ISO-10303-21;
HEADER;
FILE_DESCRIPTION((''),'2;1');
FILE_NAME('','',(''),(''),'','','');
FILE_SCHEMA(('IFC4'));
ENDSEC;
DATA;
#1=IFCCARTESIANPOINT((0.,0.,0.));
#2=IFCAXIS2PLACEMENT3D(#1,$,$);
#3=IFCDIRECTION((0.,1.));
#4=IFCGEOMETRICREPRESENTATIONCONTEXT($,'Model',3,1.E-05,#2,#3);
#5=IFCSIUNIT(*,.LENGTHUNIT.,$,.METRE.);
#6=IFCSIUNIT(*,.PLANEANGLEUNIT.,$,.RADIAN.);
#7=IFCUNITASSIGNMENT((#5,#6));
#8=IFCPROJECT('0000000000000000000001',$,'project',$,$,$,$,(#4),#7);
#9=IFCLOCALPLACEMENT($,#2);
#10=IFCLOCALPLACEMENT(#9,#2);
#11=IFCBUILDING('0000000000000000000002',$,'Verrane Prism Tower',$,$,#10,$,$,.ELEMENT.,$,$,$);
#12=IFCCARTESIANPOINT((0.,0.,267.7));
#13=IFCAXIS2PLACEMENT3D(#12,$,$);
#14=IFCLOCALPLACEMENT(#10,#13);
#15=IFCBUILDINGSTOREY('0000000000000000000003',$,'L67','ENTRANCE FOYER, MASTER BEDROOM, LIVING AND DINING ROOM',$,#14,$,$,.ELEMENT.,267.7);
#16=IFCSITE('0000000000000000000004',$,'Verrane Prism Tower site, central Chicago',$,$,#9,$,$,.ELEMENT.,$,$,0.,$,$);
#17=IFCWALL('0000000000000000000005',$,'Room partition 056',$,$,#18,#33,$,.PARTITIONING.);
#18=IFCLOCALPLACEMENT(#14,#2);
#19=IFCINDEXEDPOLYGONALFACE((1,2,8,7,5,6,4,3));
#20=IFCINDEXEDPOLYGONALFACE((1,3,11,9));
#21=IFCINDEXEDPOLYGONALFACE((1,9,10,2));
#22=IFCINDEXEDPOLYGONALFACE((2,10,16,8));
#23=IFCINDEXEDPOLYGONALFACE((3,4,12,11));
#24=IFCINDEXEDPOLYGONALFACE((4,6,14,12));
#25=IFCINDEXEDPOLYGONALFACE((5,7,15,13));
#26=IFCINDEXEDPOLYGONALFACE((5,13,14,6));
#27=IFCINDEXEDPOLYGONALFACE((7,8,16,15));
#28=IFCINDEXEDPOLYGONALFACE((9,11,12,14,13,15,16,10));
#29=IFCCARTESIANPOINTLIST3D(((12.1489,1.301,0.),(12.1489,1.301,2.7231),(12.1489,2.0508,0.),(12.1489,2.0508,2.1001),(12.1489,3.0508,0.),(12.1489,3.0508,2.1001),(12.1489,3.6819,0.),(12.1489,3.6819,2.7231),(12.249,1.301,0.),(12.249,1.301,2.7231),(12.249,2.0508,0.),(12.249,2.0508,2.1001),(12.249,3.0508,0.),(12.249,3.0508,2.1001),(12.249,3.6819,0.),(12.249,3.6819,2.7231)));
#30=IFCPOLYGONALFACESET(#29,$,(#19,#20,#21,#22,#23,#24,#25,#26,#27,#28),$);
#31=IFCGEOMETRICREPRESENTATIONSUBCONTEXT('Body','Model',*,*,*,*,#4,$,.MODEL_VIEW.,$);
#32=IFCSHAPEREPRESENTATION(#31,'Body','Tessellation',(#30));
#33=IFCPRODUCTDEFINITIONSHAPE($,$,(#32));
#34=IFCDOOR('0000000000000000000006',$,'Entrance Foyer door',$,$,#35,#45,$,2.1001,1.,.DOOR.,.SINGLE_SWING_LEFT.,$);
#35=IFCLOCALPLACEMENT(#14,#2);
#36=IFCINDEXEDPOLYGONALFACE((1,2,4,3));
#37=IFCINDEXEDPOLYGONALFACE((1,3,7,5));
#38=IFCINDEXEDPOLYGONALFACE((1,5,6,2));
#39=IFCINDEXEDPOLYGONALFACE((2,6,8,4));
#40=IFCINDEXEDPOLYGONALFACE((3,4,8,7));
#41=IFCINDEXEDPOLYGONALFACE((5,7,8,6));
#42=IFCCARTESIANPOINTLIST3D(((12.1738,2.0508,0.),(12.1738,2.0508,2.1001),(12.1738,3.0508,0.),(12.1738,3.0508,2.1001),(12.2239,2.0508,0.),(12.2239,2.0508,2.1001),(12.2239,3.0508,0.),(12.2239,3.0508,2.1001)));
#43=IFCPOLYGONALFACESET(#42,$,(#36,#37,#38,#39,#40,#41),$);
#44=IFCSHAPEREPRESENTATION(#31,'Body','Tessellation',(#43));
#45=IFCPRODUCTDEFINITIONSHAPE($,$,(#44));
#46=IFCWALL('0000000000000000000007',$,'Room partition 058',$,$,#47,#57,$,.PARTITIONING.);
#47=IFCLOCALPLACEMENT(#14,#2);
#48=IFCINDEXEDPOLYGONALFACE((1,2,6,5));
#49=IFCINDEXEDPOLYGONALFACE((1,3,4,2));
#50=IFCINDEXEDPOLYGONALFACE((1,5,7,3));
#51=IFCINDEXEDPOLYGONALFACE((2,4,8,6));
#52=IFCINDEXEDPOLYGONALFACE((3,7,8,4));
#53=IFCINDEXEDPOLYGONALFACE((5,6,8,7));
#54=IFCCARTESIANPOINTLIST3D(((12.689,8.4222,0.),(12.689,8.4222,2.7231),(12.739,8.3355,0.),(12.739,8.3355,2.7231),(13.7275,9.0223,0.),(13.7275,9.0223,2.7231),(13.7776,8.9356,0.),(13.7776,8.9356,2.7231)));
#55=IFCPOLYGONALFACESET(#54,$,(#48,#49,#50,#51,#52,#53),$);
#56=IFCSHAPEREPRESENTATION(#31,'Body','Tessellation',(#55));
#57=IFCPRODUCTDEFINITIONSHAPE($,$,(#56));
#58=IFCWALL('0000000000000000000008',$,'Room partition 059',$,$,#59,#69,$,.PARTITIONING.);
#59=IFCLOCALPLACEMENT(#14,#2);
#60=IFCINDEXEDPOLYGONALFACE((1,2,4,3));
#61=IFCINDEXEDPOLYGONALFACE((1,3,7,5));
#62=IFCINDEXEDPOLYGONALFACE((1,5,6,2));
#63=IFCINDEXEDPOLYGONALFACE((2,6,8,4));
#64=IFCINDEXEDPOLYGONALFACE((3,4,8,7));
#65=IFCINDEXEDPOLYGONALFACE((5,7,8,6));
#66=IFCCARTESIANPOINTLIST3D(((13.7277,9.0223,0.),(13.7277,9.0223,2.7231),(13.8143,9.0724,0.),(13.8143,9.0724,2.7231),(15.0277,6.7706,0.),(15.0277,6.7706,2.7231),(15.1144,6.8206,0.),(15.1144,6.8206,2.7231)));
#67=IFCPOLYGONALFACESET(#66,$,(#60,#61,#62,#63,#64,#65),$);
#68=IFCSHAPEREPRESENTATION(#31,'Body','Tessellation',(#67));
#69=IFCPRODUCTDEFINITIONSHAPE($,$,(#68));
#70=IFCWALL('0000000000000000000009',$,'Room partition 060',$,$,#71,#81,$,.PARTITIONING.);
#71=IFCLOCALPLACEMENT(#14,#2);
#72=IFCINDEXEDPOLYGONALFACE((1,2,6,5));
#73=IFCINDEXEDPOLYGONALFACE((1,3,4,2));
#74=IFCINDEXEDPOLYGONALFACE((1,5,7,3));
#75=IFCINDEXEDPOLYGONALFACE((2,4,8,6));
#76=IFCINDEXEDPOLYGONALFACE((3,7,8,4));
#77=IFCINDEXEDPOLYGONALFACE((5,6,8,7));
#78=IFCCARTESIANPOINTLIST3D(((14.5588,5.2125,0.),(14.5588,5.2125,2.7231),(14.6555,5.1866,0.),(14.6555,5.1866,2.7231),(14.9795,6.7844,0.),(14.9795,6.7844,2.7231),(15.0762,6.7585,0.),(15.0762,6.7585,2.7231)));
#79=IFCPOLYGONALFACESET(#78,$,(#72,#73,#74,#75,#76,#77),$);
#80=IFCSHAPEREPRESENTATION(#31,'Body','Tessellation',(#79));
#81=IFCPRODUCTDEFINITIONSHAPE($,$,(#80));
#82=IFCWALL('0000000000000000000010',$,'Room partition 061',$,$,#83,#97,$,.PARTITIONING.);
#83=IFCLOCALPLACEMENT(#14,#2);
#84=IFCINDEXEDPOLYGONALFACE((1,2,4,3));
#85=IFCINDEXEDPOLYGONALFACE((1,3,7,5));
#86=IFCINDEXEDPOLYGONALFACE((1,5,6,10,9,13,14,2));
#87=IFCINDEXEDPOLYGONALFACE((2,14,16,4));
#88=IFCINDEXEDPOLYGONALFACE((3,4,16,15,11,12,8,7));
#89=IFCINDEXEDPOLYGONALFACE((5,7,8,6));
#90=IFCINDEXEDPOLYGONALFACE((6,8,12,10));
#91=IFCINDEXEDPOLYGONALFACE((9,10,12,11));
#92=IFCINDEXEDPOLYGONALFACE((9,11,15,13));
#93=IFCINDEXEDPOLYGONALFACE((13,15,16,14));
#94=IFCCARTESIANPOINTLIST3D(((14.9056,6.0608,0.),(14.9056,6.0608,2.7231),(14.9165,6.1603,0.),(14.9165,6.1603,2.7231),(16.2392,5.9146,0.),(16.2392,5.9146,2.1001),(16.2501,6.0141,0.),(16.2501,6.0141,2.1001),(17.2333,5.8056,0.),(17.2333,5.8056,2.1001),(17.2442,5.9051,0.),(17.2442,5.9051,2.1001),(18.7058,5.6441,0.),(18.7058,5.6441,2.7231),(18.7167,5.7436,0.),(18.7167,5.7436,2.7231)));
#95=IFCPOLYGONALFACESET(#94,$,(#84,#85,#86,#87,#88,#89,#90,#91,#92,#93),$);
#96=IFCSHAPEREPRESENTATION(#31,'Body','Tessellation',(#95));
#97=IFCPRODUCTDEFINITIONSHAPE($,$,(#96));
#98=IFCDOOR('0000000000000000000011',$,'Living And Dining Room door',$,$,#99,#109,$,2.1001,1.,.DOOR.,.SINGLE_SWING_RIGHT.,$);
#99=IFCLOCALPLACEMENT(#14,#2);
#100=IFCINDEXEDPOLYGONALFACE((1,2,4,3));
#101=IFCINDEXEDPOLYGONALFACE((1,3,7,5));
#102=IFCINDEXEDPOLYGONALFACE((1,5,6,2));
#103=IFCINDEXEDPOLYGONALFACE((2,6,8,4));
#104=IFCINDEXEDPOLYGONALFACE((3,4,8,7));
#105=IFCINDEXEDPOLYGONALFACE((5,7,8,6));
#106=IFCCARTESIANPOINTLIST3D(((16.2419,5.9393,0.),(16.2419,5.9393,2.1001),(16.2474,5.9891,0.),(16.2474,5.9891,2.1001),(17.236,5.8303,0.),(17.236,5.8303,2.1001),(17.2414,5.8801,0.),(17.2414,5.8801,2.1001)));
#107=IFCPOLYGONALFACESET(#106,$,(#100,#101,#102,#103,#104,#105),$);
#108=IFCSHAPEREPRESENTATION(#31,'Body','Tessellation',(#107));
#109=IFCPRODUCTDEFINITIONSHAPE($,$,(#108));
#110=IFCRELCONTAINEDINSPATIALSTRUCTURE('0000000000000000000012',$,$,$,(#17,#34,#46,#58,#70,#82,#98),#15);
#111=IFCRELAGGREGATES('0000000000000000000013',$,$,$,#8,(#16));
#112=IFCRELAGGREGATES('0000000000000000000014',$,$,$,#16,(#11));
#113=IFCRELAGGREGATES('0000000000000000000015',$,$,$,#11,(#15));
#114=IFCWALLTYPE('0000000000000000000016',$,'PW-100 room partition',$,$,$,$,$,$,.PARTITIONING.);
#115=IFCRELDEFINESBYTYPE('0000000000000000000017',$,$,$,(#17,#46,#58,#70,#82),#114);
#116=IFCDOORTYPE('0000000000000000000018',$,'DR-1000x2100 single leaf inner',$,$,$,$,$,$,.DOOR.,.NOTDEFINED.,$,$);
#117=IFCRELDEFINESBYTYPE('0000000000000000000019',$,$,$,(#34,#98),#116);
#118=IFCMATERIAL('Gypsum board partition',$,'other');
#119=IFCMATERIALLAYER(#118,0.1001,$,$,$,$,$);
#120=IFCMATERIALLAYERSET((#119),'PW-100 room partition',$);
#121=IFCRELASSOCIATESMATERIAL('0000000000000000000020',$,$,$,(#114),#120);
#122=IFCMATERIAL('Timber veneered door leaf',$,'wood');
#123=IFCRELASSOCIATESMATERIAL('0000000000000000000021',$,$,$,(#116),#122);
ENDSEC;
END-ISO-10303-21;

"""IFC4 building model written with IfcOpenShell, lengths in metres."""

from ifc_helpers import new_model, si_unit, direction, frame, frame_2d, origin, place, context, subcontext, project, spatial, rectangle, extrude, material, layer, layer_set, type_object, element, fill, save


model = new_model("IFC4")

# Units and contexts
model_context = context("Model", 3, precision=1e-05, world=origin(), true_north=direction((0.0, 1.0)))
body_context = subcontext(model_context, "Body", "Model", "MODEL_VIEW")
ifc_project = project(units=[si_unit("LENGTHUNIT", "METRE"), si_unit("PLANEANGLEUNIT", "RADIAN")], contexts=[model_context])

# Site, building, storey
site_placement = place(None, origin())
site = spatial("IfcSite", under=ifc_project, at=site_placement, Name="Verrane Prism Tower site, central Chicago", CompositionType="ELEMENT", RefElevation=0.0)
building_placement = place(site_placement, origin())
building = spatial("IfcBuilding", under=site, at=building_placement, Name="Verrane Prism Tower", CompositionType="ELEMENT")
storey_placement = place(building_placement, frame((0.0, 0.0, 267.7)))
storey = spatial("IfcBuildingStorey", under=building, at=storey_placement, Name="L67", Description="ENTRANCE FOYER, MASTER BEDROOM, LIVING AND DINING ROOM", CompositionType="ELEMENT", Elevation=267.7)

# Wall, opening, door
ifc_material_1 = material(Name="Gypsum board partition", Category="other")
ifc_layer_1 = layer(ifc_material_1, 0.1001)
ifc_layer_set_1 = layer_set([ifc_layer_1], Name="PW-100 room partition")
wall_type_1 = type_object("IfcWallType", Name="PW-100 room partition", PredefinedType="PARTITIONING", material=ifc_layer_set_1)
wall_1_placement = place(storey_placement, frame((12.199, 3.6819, 0.0), z_axis=(0.0, 0.0, 1.0), x_axis=(0.0, -1.0, 0.0)))
wall_1 = element("IfcWall", 1, at=wall_1_placement, inside=storey, type_object=wall_type_1, Name="Room partition 056", PredefinedType="PARTITIONING", context=body_context, shape_type="SweptSolid", body=[
    extrude(rectangle(XDim=2.3809, YDim=0.1001, at=frame_2d((1.1904, 0.0))), origin(), (0.0, 0.0, 1.0), 2.7231),
])
opening_1_placement = place(wall_1_placement, frame((0.6311, 0.0, 0.0)))
opening_1 = element("IfcOpeningElement", 2, at=opening_1_placement, cuts=wall_1, PredefinedType="OPENING", context=body_context, shape_type="SweptSolid", body=[
    extrude(rectangle(XDim=1.0, YDim=2.1001, at=frame_2d((0.5, 1.05))), frame((0.0, 0.0601, 0.0), z_axis=(0.0, -1.0, 0.0), x_axis=(1.0, 0.0, 0.0)), (0.0, 0.0, 1.0), 0.1201),
])
ifc_material_2 = material(Name="Timber veneered door leaf", Category="wood")
door_type_1 = type_object("IfcDoorType", Name="DR-1000x2100 single leaf inner", OperationType="NOTDEFINED", PredefinedType="DOOR", material=ifc_material_2)
door_1_placement = place(opening_1_placement, origin())
door_1 = element("IfcDoor", 3, at=door_1_placement, inside=storey, type_object=door_type_1, Name="Entrance Foyer door", OperationType="SINGLE_SWING_LEFT", OverallHeight=2.1001, OverallWidth=1.0, PredefinedType="DOOR", context=body_context, shape_type="SweptSolid", body=[
    extrude(rectangle(XDim=1.0, YDim=2.1001, at=frame_2d((0.5, 1.05))), frame((0.0, 0.0249, 0.0), z_axis=(0.0, -1.0, 0.0), x_axis=(1.0, 0.0, 0.0)), (0.0, 0.0, 1.0), 0.05),
])
fill(opening_1, door_1)

# Walls
wall_2_placement = place(storey_placement, frame((12.7141, 8.3789, 0.0), z_axis=(0.0, 0.0, 1.0), x_axis=(0.865853, 0.500298, 0.0)))
element("IfcWall", 4, at=wall_2_placement, inside=storey, type_object=wall_type_1, Name="Room partition 058", PredefinedType="PARTITIONING", context=body_context, shape_type="SweptSolid", body=[
    extrude(rectangle(XDim=1.1995, YDim=0.1001, at=frame_2d((0.5996, 0.0))), origin(), (0.0, 0.0, 1.0), 2.7231),
])
wall_3_placement = place(storey_placement, frame((13.771, 9.0474, 0.0), z_axis=(0.0, 0.0, 1.0), x_axis=(0.500007, -0.866021, 0.0)))
element("IfcWall", 5, at=wall_3_placement, inside=storey, type_object=wall_type_1, Name="Room partition 059", PredefinedType="PARTITIONING", context=body_context, shape_type="SweptSolid", body=[
    extrude(rectangle(XDim=2.6001, YDim=0.1001, at=frame_2d((1.3, 0.0))), origin(), (0.0, 0.0, 1.0), 2.7231),
])
wall_4_placement = place(storey_placement, frame((14.6072, 5.1997, 0.0), z_axis=(0.0, 0.0, 1.0), x_axis=(0.258531, 0.966003, 0.0)))
element("IfcWall", 6, at=wall_4_placement, inside=storey, type_object=wall_type_1, Name="Room partition 060", PredefinedType="PARTITIONING", context=body_context, shape_type="SweptSolid", body=[
    extrude(rectangle(XDim=1.6272, YDim=0.1001, at=frame_2d((0.8135, 0.0))), origin(), (0.0, 0.0, 1.0), 2.7231),
])

# Wall, opening, door
wall_5_placement = place(storey_placement, frame((14.9109, 6.1106, 0.0), z_axis=(0.0, 0.0, 1.0), x_axis=(0.994041, -0.109009, 0.0)))
wall_5 = element("IfcWall", 7, at=wall_5_placement, inside=storey, type_object=wall_type_1, Name="Room partition 061", PredefinedType="PARTITIONING", context=body_context, shape_type="SweptSolid", body=[
    extrude(rectangle(XDim=3.823, YDim=0.1001, at=frame_2d((1.9116, 0.0))), origin(), (0.0, 0.0, 1.0), 2.7231),
])
opening_2_placement = place(wall_5_placement, frame((1.3418, 0.0, 0.0)))
opening_2 = element("IfcOpeningElement", 8, at=opening_2_placement, cuts=wall_5, PredefinedType="OPENING", context=body_context, shape_type="SweptSolid", body=[
    extrude(rectangle(XDim=1.0, YDim=2.1001, at=frame_2d((0.5, 1.05))), frame((0.0, 0.0601, 0.0), z_axis=(0.0, -1.0, 0.0), x_axis=(1.0, 0.0, 0.0)), (0.0, 0.0, 1.0), 0.1201),
])
door_2_placement = place(opening_2_placement, origin())
door_2 = element("IfcDoor", 9, at=door_2_placement, inside=storey, type_object=door_type_1, Name="Living And Dining Room door", OperationType="SINGLE_SWING_RIGHT", OverallHeight=2.1001, OverallWidth=1.0, PredefinedType="DOOR", context=body_context, shape_type="SweptSolid", body=[
    extrude(rectangle(XDim=1.0, YDim=2.1001, at=frame_2d((0.5, 1.05))), frame((0.0, 0.0249, 0.0), z_axis=(0.0, -1.0, 0.0), x_axis=(1.0, 0.0, 0.0)), (0.0, 0.0, 1.0), 0.05),
])
fill(opening_2, door_2)

save(model, "model.ifc")
